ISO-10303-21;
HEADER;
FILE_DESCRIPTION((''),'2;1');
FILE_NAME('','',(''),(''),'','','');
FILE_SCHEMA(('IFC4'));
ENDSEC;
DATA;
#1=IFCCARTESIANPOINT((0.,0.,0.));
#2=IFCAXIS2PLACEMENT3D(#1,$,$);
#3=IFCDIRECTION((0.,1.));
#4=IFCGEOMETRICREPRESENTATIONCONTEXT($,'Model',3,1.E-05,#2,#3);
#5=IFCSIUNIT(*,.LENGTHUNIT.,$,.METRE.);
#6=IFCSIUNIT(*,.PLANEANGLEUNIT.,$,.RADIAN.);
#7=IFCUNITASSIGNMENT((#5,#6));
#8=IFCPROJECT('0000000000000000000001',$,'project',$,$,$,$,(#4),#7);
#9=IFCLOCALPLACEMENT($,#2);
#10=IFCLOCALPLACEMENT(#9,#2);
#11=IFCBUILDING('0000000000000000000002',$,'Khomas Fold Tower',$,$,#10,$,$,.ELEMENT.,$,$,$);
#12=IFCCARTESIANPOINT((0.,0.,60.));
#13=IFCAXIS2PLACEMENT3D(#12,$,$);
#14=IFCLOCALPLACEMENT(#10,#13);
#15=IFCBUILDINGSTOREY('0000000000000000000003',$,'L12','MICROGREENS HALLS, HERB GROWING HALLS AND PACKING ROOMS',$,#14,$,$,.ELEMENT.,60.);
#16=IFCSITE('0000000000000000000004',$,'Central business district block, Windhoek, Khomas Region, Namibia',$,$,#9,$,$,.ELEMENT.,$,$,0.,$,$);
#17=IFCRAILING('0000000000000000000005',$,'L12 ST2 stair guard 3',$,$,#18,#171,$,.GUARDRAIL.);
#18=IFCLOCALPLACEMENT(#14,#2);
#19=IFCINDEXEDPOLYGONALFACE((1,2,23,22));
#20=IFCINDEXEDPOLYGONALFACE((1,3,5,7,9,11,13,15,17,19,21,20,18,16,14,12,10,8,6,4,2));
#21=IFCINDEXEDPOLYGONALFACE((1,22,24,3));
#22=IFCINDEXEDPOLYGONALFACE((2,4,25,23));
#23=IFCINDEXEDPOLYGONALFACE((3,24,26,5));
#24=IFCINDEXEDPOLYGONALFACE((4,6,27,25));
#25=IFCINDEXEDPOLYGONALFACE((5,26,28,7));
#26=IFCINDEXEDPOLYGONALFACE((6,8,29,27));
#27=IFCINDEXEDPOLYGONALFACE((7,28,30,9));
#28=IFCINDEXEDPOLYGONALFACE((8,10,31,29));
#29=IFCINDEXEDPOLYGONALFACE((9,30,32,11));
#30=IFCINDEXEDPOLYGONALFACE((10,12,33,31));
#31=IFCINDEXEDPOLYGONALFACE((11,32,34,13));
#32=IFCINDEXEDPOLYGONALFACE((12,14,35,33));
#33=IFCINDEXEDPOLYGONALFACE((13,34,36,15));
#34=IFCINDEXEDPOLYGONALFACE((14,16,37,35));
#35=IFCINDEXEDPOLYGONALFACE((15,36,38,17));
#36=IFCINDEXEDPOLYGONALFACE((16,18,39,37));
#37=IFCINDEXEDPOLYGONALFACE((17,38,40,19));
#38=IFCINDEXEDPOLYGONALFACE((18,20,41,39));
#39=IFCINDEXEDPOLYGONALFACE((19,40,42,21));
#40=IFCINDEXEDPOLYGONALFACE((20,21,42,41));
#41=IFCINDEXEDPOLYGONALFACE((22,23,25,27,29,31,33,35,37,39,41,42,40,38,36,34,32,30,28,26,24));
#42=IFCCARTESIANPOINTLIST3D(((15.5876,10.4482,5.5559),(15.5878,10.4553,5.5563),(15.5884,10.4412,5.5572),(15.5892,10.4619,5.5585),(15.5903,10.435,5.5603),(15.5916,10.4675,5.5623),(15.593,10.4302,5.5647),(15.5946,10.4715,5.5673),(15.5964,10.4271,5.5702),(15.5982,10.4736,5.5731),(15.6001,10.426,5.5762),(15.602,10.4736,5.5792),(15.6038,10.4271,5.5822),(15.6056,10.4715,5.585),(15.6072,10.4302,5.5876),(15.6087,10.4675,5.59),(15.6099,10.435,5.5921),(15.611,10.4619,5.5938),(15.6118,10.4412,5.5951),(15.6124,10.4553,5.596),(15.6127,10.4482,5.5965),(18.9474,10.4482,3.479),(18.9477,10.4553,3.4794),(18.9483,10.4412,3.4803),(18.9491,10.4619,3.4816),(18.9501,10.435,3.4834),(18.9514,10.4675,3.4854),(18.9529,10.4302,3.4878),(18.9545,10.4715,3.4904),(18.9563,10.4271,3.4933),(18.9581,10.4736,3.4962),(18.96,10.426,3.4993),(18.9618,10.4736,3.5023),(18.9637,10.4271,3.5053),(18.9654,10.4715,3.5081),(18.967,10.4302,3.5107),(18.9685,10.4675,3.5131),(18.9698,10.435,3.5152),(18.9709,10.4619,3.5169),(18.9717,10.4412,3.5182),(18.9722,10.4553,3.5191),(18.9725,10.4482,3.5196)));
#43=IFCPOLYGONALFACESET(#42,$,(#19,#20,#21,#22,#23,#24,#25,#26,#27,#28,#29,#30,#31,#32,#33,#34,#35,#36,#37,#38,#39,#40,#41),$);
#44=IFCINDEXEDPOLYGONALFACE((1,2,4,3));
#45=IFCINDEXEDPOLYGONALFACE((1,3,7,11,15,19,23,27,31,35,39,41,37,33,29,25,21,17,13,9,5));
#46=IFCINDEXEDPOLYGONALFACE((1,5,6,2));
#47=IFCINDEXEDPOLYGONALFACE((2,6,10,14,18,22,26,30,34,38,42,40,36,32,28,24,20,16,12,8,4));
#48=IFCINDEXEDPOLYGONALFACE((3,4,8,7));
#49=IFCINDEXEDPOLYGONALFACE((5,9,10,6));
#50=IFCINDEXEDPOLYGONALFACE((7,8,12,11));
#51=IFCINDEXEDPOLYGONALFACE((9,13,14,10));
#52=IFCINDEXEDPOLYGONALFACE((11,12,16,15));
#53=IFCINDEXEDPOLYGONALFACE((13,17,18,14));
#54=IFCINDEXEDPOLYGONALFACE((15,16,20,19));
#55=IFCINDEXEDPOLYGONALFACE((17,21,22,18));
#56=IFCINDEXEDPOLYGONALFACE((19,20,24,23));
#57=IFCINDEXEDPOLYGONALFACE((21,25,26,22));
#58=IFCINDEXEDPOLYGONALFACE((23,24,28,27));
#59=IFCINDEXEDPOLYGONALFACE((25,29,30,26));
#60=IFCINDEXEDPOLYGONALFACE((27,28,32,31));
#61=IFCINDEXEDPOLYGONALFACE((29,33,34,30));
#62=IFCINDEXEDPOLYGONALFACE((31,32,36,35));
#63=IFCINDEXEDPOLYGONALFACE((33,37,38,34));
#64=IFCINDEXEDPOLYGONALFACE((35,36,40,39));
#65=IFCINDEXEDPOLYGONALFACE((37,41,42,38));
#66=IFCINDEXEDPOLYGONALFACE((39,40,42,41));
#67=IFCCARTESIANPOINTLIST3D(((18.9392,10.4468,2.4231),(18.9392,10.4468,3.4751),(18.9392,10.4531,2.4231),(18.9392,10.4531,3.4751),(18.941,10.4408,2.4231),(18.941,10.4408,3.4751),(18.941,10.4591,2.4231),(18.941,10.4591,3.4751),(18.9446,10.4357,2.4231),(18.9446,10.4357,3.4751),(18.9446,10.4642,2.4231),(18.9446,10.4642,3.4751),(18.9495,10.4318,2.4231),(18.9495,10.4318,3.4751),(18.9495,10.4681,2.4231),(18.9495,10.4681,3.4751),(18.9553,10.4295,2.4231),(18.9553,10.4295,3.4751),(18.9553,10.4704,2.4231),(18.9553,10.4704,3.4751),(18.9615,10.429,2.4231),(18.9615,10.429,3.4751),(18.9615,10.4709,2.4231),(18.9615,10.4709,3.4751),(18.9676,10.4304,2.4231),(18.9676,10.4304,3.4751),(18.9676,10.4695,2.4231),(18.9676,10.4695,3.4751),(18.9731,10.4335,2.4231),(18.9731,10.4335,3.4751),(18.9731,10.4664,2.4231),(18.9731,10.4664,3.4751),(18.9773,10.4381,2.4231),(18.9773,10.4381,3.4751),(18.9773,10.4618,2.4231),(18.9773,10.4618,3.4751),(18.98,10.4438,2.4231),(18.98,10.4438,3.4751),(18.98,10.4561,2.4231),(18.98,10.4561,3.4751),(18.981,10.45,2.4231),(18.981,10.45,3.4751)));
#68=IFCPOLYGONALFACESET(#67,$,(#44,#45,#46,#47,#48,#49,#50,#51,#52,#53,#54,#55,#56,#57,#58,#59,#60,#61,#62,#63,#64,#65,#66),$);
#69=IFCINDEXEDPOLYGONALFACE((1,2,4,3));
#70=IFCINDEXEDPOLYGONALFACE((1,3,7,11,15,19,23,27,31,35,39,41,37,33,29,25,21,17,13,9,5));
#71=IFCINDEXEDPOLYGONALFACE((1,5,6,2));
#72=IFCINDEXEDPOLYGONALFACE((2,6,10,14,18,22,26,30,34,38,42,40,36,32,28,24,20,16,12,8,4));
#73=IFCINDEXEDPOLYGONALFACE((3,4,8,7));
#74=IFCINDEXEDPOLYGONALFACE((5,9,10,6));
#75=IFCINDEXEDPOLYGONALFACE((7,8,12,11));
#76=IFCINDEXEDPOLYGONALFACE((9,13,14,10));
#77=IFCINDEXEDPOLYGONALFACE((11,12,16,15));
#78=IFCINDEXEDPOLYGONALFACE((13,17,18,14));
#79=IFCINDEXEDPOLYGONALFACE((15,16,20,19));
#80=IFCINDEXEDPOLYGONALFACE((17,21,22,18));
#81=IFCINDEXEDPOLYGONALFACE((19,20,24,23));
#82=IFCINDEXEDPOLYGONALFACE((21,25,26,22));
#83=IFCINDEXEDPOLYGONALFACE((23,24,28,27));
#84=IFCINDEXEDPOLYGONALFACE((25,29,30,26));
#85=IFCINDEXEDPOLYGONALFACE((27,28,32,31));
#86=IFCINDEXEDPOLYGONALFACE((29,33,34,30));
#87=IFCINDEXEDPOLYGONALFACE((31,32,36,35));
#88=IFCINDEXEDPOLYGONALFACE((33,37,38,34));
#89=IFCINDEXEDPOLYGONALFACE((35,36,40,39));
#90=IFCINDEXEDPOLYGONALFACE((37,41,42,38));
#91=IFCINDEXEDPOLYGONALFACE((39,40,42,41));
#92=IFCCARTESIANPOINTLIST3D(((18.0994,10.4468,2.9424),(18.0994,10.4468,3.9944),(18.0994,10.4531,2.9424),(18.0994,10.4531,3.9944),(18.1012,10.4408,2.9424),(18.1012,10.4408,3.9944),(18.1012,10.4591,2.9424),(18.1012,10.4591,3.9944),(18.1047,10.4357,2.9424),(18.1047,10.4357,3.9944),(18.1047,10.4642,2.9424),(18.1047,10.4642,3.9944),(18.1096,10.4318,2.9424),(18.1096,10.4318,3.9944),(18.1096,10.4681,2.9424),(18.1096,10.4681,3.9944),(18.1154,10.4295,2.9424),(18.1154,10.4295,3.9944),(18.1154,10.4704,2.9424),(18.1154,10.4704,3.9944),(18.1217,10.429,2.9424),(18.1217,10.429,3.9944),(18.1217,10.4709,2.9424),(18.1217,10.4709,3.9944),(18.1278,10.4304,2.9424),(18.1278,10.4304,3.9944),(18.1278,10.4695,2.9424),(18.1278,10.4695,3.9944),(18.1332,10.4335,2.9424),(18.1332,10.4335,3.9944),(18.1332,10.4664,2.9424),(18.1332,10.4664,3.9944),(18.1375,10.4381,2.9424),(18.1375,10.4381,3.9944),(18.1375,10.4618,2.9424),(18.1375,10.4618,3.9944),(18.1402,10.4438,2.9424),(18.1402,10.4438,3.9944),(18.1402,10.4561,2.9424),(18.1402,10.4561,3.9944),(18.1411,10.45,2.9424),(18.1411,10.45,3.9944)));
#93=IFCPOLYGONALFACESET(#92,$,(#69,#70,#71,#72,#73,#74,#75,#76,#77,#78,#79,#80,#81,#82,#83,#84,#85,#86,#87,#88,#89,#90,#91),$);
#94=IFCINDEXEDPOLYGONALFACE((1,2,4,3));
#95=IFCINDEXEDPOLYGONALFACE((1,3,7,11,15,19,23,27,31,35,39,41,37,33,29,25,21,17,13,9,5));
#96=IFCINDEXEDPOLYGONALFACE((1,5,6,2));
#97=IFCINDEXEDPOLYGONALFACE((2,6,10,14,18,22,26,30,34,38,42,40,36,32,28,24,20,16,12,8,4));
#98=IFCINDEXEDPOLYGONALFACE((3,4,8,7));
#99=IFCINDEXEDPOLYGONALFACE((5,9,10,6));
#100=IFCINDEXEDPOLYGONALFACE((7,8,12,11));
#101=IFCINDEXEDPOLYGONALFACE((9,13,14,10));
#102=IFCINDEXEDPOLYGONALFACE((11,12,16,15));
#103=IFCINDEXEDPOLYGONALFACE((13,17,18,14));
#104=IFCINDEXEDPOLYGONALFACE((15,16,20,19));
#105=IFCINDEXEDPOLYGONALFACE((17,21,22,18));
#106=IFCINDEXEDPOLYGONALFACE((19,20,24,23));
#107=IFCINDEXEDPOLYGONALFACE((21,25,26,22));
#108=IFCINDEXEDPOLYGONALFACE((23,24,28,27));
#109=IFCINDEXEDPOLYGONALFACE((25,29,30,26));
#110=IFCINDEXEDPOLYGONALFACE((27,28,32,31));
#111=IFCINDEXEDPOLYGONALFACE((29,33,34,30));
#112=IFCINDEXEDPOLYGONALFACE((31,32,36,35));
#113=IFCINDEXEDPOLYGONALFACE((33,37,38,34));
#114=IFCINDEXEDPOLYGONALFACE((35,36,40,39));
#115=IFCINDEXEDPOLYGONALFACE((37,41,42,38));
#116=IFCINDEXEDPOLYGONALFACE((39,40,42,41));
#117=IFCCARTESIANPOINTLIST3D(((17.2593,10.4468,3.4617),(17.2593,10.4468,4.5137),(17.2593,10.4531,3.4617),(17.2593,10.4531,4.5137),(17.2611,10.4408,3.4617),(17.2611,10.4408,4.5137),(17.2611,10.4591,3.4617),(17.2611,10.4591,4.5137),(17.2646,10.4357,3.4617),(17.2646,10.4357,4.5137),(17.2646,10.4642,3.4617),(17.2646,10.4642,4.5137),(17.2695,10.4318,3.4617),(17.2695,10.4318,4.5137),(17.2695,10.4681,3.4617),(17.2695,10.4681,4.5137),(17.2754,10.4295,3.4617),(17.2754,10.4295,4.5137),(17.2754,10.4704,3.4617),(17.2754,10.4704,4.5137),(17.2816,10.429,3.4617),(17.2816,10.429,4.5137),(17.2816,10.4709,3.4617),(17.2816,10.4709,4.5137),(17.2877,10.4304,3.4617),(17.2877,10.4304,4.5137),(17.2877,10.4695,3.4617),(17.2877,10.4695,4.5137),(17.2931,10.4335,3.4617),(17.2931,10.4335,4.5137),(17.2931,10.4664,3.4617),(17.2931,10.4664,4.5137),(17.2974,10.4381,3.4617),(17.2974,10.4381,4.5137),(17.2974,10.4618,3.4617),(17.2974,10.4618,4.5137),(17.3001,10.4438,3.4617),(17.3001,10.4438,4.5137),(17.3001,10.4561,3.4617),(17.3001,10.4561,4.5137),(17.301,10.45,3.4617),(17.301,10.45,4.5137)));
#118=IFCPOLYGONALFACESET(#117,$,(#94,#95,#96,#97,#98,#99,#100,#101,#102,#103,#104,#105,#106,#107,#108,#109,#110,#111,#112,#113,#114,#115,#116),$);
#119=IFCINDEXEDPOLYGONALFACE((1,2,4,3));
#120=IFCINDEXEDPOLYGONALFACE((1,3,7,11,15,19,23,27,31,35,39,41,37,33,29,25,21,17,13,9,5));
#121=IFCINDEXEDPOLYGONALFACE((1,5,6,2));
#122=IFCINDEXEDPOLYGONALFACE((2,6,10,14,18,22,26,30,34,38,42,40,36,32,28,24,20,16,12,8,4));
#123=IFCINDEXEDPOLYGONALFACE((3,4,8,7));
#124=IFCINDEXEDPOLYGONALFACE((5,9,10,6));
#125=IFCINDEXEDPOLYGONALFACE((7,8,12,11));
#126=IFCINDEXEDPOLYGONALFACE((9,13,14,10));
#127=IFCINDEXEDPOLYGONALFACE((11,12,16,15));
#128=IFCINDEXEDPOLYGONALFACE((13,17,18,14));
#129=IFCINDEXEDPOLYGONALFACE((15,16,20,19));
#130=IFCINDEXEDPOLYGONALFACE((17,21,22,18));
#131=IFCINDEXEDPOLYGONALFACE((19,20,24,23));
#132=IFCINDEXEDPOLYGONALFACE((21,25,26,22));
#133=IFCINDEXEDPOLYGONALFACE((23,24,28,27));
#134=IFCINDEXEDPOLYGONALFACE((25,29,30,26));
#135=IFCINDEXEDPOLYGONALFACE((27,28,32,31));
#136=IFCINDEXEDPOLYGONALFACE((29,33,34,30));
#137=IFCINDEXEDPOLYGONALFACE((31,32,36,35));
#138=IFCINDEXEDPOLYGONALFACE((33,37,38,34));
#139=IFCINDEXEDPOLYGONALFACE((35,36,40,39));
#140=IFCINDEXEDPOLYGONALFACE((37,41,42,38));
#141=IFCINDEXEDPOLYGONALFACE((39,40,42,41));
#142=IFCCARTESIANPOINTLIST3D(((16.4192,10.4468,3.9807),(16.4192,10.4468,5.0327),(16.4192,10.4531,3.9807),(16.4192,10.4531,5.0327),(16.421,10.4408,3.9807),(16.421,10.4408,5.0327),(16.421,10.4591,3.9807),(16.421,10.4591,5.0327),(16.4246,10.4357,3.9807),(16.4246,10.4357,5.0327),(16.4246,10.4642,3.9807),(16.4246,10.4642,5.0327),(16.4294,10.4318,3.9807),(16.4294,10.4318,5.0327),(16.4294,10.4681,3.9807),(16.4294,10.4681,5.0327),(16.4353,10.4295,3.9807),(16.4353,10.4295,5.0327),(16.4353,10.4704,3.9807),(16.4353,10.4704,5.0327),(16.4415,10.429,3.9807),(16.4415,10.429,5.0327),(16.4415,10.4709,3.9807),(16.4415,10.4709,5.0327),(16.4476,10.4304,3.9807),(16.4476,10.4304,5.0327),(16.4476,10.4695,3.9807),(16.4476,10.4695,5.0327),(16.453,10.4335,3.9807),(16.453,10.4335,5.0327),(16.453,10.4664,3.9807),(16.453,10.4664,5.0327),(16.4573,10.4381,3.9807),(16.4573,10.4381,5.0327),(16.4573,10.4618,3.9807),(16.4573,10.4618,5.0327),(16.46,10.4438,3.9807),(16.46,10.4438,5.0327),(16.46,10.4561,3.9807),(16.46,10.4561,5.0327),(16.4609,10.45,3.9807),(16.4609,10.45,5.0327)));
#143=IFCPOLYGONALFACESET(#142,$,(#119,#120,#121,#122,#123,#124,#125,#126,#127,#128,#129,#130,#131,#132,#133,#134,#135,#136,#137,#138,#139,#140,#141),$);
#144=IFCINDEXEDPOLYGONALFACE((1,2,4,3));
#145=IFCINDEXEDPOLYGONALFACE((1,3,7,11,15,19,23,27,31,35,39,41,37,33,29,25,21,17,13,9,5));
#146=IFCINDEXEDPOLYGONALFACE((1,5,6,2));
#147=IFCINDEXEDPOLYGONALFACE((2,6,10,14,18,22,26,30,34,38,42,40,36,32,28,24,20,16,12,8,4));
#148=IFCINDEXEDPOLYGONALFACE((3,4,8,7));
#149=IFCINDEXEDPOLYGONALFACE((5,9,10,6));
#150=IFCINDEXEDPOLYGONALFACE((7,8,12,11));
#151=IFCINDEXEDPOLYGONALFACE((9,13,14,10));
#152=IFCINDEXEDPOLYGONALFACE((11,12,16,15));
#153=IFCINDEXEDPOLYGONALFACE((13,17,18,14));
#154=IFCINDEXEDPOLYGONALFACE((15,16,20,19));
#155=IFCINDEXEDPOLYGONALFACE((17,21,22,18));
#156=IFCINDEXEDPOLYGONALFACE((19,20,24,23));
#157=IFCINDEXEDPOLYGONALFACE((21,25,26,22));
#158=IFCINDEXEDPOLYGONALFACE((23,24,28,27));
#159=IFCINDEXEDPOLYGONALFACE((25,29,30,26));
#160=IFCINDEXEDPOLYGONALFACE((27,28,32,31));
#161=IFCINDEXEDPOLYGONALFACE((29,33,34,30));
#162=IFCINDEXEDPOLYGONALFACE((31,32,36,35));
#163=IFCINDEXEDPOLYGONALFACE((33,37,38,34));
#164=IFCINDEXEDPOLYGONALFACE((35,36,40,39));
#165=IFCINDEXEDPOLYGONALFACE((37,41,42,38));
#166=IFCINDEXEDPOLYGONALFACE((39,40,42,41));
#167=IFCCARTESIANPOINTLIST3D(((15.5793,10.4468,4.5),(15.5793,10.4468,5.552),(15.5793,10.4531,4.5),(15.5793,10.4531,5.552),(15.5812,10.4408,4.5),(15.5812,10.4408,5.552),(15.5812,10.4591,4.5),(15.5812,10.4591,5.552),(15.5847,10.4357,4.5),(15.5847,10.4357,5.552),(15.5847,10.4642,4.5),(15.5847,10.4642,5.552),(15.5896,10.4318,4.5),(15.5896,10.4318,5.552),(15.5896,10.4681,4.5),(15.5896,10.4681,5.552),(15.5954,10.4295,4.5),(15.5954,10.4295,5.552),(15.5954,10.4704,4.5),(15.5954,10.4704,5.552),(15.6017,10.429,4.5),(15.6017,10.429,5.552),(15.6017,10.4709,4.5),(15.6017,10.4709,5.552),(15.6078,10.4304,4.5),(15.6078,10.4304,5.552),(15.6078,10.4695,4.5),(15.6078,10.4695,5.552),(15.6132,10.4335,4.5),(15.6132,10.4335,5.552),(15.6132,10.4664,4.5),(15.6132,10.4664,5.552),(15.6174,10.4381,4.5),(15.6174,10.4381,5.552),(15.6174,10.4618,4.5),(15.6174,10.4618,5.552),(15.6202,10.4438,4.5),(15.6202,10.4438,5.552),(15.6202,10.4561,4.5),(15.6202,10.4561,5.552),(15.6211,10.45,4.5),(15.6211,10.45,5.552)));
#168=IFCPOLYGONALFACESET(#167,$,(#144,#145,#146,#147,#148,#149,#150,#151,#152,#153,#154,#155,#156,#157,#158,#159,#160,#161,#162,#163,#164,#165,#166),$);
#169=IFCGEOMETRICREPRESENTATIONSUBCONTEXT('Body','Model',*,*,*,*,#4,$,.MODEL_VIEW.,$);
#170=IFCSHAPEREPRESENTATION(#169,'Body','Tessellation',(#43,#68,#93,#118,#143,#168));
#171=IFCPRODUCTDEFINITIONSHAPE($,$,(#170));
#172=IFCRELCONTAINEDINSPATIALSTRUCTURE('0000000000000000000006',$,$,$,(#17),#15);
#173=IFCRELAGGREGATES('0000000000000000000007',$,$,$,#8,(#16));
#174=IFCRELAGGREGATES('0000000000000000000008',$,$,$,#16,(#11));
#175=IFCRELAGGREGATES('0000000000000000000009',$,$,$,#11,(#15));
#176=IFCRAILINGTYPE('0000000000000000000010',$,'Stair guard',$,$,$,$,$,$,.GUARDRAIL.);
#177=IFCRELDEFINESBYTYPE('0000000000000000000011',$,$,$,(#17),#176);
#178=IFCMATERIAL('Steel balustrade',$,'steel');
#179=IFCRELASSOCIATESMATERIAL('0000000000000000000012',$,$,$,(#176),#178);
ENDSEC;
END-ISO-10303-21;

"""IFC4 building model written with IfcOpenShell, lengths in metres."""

from ifc_helpers import new_model, si_unit, direction, frame, origin, origin_2d, place, context, subcontext, project, spatial, circle, extrude, source, transform, mapped, material, type_object, element, save


model = new_model("IFC4")

# Units and contexts
model_context = context("Model", 3, precision=1e-05, world=origin(), true_north=direction((0.0, 1.0)))
body_context = subcontext(model_context, "Body", "Model", "MODEL_VIEW")
ifc_project = project(units=[si_unit("LENGTHUNIT", "METRE"), si_unit("PLANEANGLEUNIT", "RADIAN")], contexts=[model_context])

# Site, building, storey
site_placement = place(None, origin())
site = spatial("IfcSite", under=ifc_project, at=site_placement, Name="Central business district block, Windhoek, Khomas Region, Namibia", CompositionType="ELEMENT", RefElevation=0.0)
building_placement = place(site_placement, origin())
building = spatial("IfcBuilding", under=site, at=building_placement, Name="Khomas Fold Tower", CompositionType="ELEMENT")
storey_placement = place(building_placement, frame((0.0, 0.0, 60.0)))
storey = spatial("IfcBuildingStorey", under=building, at=storey_placement, Name="L12", Description="MICROGREENS HALLS, HERB GROWING HALLS AND PACKING ROOMS", CompositionType="ELEMENT", Elevation=60.0)

# Railing
ifc_material_1 = material(Name="Steel balustrade", Category="steel")
railing_type_1 = type_object("IfcRailingType", Name="Stair guard", PredefinedType="GUARDRAIL", material=ifc_material_1)
shared_shape_1 = source(origin(), body_context, "Body", "SweptSolid", [
    extrude(circle(Radius=0.0239, at=origin_2d()), frame((0.0, 0.0, 1.0762), z_axis=(-0.850606, 0.0, 0.525803), x_axis=(0.0, -1.0, 0.0)), (0.0, 0.0, 1.0), 3.95),
    extrude(circle(Radius=0.021, at=origin_2d()), origin(), (0.0, 0.0, 1.0), 1.052),
    extrude(circle(Radius=0.021, at=origin_2d()), frame((-0.8398, 0.0, 0.5193)), (0.0, 0.0, 1.0), 1.052),
    extrude(circle(Radius=0.021, at=origin_2d()), frame((-1.6799, 0.0, 1.0386)), (0.0, 0.0, 1.0), 1.052),
    extrude(circle(Radius=0.021, at=origin_2d()), frame((-2.52, 0.0, 1.5576)), (0.0, 0.0, 1.0), 1.052),
    extrude(circle(Radius=0.021, at=origin_2d()), frame((-3.3599, 0.0, 2.0769)), (0.0, 0.0, 1.0), 1.052),
])
railing_1_placement = place(storey_placement, frame((18.96, 10.45, 2.4231)))
element("IfcRailing", 1, at=railing_1_placement, inside=storey, type_object=railing_type_1, Name="L12 ST2 stair guard 3", PredefinedType="GUARDRAIL", context=body_context, shape_type="MappedRepresentation", body=[
    mapped(shared_shape_1, transform((0.0, 0.0, 0.0))),
])

save(model, "model.ifc")
